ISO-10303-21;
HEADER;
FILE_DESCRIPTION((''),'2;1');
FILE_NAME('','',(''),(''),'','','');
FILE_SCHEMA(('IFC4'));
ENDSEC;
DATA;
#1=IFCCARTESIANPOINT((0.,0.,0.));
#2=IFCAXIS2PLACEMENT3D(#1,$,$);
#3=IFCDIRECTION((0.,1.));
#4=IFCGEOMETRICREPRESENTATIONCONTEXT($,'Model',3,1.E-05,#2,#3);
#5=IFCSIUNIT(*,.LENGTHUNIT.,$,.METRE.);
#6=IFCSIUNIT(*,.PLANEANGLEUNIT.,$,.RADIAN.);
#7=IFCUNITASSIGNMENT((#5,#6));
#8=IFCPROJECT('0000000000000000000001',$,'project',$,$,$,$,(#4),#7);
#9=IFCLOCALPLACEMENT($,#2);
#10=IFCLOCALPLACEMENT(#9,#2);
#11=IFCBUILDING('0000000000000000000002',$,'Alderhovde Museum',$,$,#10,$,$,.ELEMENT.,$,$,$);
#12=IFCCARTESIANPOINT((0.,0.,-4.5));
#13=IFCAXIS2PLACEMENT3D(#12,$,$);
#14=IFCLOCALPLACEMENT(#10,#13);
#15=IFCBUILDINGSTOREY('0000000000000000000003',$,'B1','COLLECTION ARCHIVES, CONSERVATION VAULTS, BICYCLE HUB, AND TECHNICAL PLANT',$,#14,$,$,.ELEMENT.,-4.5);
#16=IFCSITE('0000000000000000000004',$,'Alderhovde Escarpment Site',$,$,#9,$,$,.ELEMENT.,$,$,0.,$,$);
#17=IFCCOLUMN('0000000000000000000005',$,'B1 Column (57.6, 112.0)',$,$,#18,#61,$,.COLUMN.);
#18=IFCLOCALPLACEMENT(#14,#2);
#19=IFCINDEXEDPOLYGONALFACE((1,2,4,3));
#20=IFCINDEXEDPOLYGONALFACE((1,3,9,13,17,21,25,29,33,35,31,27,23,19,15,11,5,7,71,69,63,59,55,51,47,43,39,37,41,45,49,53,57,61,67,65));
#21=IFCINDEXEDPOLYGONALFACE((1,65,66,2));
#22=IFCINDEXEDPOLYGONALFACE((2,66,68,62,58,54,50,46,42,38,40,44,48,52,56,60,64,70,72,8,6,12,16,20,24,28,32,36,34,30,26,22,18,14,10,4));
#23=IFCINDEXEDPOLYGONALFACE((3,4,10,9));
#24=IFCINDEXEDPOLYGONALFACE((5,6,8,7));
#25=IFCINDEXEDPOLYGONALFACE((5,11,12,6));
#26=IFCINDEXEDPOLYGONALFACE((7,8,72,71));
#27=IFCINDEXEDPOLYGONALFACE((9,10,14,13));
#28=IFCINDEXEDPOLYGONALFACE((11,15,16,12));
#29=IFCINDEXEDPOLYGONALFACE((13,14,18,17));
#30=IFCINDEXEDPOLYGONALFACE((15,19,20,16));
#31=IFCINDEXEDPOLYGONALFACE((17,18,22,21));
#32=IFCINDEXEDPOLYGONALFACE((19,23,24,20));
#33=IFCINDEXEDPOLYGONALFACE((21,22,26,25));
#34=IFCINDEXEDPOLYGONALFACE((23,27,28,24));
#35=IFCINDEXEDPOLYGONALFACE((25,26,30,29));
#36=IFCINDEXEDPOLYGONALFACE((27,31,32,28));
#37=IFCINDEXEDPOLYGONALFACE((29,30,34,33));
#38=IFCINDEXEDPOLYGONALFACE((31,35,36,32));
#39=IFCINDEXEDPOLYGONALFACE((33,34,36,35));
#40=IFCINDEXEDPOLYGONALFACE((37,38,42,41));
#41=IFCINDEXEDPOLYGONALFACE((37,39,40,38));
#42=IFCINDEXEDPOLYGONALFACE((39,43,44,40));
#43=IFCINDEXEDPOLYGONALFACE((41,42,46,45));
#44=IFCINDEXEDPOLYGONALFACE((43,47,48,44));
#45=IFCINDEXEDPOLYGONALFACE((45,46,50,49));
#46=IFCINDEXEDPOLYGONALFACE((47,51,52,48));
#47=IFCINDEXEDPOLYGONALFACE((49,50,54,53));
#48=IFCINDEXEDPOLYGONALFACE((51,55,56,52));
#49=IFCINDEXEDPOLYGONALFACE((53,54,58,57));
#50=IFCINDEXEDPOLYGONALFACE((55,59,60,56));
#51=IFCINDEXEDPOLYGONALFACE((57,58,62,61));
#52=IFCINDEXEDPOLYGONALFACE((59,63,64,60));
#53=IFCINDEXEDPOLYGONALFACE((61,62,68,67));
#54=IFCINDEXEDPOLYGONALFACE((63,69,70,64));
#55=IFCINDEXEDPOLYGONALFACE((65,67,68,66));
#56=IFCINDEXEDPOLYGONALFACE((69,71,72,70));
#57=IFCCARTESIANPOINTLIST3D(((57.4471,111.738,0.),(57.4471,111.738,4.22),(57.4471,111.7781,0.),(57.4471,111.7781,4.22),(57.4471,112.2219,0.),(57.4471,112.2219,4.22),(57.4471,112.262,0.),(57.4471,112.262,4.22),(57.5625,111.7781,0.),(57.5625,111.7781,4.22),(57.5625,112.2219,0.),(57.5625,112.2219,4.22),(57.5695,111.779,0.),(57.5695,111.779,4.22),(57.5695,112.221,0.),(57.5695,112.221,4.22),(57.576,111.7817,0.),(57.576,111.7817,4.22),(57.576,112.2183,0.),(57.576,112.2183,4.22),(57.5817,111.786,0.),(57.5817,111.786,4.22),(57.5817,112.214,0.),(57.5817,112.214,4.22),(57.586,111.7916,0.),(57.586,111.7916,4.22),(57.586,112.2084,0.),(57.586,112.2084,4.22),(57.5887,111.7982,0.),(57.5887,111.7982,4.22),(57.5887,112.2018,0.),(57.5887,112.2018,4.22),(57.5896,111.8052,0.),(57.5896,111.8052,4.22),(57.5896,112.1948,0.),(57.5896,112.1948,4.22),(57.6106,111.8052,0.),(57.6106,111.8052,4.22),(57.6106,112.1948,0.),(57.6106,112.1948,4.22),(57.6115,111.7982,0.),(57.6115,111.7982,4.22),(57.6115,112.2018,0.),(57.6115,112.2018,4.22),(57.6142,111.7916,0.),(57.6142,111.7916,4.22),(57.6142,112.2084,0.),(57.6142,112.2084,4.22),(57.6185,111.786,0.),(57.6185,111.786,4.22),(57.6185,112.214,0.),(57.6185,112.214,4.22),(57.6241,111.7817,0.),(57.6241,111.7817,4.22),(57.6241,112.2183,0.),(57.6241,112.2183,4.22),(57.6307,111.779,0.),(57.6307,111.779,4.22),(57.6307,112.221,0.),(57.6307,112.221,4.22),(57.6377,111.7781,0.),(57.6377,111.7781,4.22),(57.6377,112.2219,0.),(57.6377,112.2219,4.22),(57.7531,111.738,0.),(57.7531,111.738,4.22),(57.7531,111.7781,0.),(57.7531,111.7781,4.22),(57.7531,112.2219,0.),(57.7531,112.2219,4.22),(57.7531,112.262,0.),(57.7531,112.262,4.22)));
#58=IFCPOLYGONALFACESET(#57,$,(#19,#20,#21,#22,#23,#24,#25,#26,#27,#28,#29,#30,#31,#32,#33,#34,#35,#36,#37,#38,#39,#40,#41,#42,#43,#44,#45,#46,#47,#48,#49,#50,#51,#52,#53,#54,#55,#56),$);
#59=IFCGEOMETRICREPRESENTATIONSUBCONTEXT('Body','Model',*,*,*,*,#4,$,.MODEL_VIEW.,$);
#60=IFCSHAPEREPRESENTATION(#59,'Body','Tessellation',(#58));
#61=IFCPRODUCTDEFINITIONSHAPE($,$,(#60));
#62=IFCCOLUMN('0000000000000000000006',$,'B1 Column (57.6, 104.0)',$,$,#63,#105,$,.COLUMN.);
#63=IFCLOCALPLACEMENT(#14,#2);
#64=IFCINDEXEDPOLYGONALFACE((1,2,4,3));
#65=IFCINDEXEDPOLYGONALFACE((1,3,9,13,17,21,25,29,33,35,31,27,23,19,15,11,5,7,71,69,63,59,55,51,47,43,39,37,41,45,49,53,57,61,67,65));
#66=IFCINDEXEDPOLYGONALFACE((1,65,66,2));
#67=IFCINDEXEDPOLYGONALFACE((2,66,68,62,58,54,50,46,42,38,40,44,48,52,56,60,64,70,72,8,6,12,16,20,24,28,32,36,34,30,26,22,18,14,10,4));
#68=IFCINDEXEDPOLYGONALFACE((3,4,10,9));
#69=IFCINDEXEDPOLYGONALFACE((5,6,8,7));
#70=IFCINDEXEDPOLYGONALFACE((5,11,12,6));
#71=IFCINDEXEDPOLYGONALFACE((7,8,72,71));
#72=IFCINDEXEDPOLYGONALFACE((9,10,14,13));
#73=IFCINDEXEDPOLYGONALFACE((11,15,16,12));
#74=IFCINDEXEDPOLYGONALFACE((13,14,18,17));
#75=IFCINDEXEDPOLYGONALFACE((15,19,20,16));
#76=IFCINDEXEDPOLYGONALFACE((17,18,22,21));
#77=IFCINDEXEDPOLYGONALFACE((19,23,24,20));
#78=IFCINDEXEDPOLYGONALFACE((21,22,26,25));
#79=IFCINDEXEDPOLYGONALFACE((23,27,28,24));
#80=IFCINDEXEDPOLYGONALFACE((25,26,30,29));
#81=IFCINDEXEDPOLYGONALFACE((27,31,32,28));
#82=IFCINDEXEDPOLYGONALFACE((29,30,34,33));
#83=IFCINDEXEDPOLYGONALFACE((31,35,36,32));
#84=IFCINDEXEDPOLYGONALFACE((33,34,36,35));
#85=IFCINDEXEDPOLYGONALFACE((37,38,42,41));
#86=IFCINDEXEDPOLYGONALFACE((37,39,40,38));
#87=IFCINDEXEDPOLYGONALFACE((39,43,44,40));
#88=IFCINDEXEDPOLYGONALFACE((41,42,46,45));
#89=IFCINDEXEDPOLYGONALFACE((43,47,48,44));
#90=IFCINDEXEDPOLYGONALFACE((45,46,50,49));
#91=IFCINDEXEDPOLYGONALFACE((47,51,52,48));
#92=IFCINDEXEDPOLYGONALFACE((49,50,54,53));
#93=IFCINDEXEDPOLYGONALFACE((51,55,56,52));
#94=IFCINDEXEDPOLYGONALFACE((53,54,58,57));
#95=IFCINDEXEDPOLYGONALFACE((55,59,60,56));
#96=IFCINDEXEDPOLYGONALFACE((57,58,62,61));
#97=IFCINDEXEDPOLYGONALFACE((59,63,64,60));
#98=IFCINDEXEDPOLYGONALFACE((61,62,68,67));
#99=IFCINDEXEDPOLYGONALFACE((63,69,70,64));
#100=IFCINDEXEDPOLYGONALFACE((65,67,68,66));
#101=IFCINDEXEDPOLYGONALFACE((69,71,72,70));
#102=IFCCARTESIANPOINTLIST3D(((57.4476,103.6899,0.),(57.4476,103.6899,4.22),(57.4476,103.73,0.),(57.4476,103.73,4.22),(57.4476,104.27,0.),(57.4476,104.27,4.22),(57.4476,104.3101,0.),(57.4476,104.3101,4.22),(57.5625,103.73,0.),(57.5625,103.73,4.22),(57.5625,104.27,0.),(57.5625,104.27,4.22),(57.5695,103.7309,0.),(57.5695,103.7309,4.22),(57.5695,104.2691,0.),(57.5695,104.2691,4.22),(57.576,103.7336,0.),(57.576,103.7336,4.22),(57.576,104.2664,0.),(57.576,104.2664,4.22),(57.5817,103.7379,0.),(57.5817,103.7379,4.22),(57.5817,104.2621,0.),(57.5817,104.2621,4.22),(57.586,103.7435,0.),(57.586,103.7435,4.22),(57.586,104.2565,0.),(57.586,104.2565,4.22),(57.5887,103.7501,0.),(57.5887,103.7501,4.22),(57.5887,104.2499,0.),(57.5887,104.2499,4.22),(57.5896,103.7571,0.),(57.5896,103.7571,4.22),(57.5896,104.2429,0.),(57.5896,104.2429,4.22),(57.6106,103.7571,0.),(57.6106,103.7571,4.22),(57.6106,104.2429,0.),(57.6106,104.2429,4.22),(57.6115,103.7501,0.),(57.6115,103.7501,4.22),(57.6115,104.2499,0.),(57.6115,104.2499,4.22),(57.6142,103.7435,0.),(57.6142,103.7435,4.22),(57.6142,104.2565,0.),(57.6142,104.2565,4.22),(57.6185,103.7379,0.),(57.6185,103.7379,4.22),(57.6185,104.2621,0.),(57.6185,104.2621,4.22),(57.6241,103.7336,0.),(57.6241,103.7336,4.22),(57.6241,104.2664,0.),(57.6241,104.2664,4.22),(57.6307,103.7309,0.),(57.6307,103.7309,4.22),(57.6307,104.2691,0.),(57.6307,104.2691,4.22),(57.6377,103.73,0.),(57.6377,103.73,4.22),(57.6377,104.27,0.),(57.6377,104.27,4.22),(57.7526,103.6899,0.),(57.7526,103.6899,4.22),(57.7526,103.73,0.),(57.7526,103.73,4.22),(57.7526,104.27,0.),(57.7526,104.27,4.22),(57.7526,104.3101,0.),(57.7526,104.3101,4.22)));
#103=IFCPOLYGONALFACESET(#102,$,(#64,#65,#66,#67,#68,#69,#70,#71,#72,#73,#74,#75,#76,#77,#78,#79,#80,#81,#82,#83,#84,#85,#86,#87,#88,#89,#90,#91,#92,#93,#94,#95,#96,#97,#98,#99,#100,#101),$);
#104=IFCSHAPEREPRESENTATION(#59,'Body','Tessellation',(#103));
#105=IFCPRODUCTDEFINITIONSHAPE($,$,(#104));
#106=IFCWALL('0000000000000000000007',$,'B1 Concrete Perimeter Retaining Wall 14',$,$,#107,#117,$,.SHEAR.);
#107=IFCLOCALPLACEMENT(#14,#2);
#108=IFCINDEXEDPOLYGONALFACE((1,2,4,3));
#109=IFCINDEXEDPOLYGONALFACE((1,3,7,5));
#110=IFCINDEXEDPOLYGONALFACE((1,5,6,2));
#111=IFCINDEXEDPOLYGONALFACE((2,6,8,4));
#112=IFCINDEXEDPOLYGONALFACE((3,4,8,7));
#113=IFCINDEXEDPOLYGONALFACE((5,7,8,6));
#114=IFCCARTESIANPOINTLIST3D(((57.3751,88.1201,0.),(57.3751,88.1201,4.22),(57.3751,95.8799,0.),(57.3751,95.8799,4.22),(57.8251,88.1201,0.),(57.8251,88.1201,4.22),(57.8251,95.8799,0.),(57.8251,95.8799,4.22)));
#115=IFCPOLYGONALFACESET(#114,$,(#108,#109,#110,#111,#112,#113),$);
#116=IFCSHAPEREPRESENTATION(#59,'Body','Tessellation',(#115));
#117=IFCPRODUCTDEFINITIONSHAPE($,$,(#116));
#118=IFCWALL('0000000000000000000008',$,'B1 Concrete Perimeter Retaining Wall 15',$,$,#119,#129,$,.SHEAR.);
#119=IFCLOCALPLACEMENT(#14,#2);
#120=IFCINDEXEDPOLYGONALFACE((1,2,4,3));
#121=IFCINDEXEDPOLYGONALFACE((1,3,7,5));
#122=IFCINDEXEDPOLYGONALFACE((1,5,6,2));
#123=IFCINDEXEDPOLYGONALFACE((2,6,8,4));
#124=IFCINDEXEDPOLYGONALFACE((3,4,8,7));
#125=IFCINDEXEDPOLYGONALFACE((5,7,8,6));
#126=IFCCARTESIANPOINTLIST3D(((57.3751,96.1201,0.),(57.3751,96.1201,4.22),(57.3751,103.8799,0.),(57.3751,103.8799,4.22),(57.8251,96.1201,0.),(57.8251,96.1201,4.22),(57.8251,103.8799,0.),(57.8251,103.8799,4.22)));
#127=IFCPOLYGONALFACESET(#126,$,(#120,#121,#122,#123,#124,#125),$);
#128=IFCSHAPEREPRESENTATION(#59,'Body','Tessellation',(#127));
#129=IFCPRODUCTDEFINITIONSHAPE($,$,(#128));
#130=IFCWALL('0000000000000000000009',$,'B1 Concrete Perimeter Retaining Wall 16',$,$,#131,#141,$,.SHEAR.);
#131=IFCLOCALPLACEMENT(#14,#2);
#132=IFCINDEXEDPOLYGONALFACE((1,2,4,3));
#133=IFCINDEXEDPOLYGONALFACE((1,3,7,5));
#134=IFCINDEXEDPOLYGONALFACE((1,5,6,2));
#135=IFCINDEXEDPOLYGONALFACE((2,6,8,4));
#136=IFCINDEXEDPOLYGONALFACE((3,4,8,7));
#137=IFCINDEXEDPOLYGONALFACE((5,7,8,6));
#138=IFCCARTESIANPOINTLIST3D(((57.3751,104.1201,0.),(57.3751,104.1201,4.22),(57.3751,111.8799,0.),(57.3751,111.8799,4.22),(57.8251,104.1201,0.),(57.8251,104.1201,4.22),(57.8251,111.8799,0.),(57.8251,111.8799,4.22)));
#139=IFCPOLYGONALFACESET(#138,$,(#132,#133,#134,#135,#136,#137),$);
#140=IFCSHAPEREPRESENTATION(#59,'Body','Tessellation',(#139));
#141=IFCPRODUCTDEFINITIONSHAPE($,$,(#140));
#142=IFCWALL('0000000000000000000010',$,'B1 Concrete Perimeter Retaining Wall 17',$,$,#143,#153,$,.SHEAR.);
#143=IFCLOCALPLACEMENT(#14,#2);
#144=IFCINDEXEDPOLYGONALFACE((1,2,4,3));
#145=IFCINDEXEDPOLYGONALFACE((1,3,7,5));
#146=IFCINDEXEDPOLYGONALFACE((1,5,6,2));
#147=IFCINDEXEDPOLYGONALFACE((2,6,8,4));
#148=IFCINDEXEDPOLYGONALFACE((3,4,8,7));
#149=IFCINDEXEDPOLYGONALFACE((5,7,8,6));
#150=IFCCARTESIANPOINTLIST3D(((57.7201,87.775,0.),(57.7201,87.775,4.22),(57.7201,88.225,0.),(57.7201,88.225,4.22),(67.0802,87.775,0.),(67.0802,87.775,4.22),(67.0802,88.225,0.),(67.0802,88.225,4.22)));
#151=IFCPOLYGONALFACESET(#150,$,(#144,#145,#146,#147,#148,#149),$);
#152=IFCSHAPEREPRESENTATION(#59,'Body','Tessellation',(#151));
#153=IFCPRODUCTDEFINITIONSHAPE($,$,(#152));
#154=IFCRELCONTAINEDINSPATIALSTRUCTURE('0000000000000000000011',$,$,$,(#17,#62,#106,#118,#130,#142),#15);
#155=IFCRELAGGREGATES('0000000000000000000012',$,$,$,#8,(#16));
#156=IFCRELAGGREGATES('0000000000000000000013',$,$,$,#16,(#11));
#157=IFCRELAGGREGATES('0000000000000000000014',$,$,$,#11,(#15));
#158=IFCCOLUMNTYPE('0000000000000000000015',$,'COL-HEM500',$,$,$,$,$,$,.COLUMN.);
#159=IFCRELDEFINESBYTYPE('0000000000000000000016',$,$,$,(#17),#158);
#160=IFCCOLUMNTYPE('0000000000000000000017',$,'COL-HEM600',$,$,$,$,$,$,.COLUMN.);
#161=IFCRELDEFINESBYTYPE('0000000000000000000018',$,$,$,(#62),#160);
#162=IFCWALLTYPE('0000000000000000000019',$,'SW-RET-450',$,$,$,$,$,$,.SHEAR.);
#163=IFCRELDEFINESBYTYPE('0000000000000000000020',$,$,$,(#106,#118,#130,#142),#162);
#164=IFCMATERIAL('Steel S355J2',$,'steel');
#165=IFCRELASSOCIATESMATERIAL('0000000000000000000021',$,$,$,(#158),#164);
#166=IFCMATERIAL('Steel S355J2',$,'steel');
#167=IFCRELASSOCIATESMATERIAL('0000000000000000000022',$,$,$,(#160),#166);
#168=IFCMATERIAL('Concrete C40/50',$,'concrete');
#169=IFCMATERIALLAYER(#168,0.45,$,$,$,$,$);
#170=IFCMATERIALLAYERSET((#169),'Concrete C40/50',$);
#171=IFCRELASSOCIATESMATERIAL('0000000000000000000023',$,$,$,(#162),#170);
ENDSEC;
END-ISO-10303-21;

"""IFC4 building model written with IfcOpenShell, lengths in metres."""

from ifc_helpers import new_model, si_unit, direction, frame, frame_2d, origin, origin_2d, place, context, subcontext, project, spatial, rectangle, i_section, extrude, material, layer, layer_set, material_profile, profile_set, type_object, element, save


model = new_model("IFC4")

# Units and contexts
model_context = context("Model", 3, precision=1e-05, world=origin(), true_north=direction((0.0, 1.0)))
body_context = subcontext(model_context, "Body", "Model", "MODEL_VIEW")
ifc_project = project(units=[si_unit("LENGTHUNIT", "METRE"), si_unit("PLANEANGLEUNIT", "RADIAN")], contexts=[model_context])

# Site, building, storey
site_placement = place(None, origin())
site = spatial("IfcSite", under=ifc_project, at=site_placement, Name="Alderhovde Escarpment Site", CompositionType="ELEMENT", RefElevation=0.0)
building_placement = place(site_placement, origin())
building = spatial("IfcBuilding", under=site, at=building_placement, Name="Alderhovde Museum", CompositionType="ELEMENT")
storey_placement = place(building_placement, frame((0.0, 0.0, -4.5)))
storey = spatial("IfcBuildingStorey", under=building, at=storey_placement, Name="B1", Description="COLLECTION ARCHIVES, CONSERVATION VAULTS, BICYCLE HUB, AND TECHNICAL PLANT", CompositionType="ELEMENT", Elevation=-4.5)

# Columns
ifc_material_1 = material(Name="Steel S355J2", Category="steel")
ifc_material_profile_1 = material_profile(ifc_material_1, i_section(OverallWidth=0.3059, OverallDepth=0.5239, WebThickness=0.021, FlangeThickness=0.04, FilletRadius=0.0271, at=origin_2d()), Name="HEM 500")
ifc_profile_set_1 = profile_set([ifc_material_profile_1], Name="Steel S355J2")
column_type_1 = type_object("IfcColumnType", Name="COL-HEM500", PredefinedType="COLUMN", material=ifc_profile_set_1)
for number, where, z_axis, x_axis, name in (
    (1, (57.6001, 112.0, 0.0), (0.0, 0.0, 1.0), (1.0, 0.0, 0.0), "B1 Column (57.6, 112.0)"),
):
    element("IfcColumn", number, at=place(storey_placement, frame(where, z_axis=z_axis, x_axis=x_axis)), inside=storey, type_object=column_type_1, Name=name, PredefinedType="COLUMN", context=body_context, shape_type="SweptSolid", body=[
        extrude(i_section(OverallWidth=0.3059, OverallDepth=0.5239, WebThickness=0.021, FlangeThickness=0.04, FilletRadius=0.0271, at=origin_2d()), origin(), (0.0, 0.0, 1.0), 4.22),
    ])
ifc_material_2 = material(Name="Steel S355J2", Category="steel")
ifc_material_profile_2 = material_profile(ifc_material_2, i_section(OverallWidth=0.3049, OverallDepth=0.6201, WebThickness=0.021, FlangeThickness=0.04, FilletRadius=0.0271, at=origin_2d()), Name="HEM 600")
ifc_profile_set_2 = profile_set([ifc_material_profile_2], Name="Steel S355J2")
column_type_2 = type_object("IfcColumnType", Name="COL-HEM600", PredefinedType="COLUMN", material=ifc_profile_set_2)
column_1_placement = place(storey_placement, frame((57.6001, 104.0, 0.0), z_axis=(0.0, 0.0, 1.0), x_axis=(1.0, 0.0, 0.0)))
element("IfcColumn", 2, at=column_1_placement, inside=storey, type_object=column_type_2, Name="B1 Column (57.6, 104.0)", PredefinedType="COLUMN", context=body_context, shape_type="SweptSolid", body=[
    extrude(i_section(OverallWidth=0.3049, OverallDepth=0.6201, WebThickness=0.021, FlangeThickness=0.04, FilletRadius=0.0271, at=origin_2d()), origin(), (0.0, 0.0, 1.0), 4.22),
])

# Walls
ifc_material_3 = material(Name="Concrete C40/50", Category="concrete")
ifc_layer = layer(ifc_material_3, 0.45)
ifc_layer_set = layer_set([ifc_layer], Name="Concrete C40/50")
wall_type = type_object("IfcWallType", Name="SW-RET-450", PredefinedType="SHEAR", material=ifc_layer_set)
for number, where, z_axis, x_axis, name in (
    (3, (57.6001, 88.1201, 0.0), (0.0, 0.0, 1.0), (0.0, 1.0, 0.0), "B1 Concrete Perimeter Retaining Wall 14"),
    (4, (57.6001, 96.1201, 0.0), (0.0, 0.0, 1.0), (0.0, 1.0, 0.0), "B1 Concrete Perimeter Retaining Wall 15"),
    (5, (57.6001, 104.1201, 0.0), (0.0, 0.0, 1.0), (0.0, 1.0, 0.0), "B1 Concrete Perimeter Retaining Wall 16"),
):
    element("IfcWall", number, at=place(storey_placement, frame(where, z_axis=z_axis, x_axis=x_axis)), inside=storey, type_object=wall_type, Name=name, PredefinedType="SHEAR", context=body_context, shape_type="SweptSolid", body=[
        extrude(rectangle(XDim=7.7598, YDim=0.45, at=frame_2d((3.8799, 0.0))), origin(), (0.0, 0.0, 1.0), 4.22),
    ])
wall_placement = place(storey_placement, frame((57.72, 88.0, 0.0), z_axis=(0.0, 0.0, 1.0), x_axis=(1.0, 0.0, 0.0)))
element("IfcWall", 6, at=wall_placement, inside=storey, type_object=wall_type, Name="B1 Concrete Perimeter Retaining Wall 17", PredefinedType="SHEAR", context=body_context, shape_type="SweptSolid", body=[
    extrude(rectangle(XDim=9.3601, YDim=0.45, at=frame_2d((4.6802, 0.0))), origin(), (0.0, 0.0, 1.0), 4.22),
])

save(model, "model.ifc")
